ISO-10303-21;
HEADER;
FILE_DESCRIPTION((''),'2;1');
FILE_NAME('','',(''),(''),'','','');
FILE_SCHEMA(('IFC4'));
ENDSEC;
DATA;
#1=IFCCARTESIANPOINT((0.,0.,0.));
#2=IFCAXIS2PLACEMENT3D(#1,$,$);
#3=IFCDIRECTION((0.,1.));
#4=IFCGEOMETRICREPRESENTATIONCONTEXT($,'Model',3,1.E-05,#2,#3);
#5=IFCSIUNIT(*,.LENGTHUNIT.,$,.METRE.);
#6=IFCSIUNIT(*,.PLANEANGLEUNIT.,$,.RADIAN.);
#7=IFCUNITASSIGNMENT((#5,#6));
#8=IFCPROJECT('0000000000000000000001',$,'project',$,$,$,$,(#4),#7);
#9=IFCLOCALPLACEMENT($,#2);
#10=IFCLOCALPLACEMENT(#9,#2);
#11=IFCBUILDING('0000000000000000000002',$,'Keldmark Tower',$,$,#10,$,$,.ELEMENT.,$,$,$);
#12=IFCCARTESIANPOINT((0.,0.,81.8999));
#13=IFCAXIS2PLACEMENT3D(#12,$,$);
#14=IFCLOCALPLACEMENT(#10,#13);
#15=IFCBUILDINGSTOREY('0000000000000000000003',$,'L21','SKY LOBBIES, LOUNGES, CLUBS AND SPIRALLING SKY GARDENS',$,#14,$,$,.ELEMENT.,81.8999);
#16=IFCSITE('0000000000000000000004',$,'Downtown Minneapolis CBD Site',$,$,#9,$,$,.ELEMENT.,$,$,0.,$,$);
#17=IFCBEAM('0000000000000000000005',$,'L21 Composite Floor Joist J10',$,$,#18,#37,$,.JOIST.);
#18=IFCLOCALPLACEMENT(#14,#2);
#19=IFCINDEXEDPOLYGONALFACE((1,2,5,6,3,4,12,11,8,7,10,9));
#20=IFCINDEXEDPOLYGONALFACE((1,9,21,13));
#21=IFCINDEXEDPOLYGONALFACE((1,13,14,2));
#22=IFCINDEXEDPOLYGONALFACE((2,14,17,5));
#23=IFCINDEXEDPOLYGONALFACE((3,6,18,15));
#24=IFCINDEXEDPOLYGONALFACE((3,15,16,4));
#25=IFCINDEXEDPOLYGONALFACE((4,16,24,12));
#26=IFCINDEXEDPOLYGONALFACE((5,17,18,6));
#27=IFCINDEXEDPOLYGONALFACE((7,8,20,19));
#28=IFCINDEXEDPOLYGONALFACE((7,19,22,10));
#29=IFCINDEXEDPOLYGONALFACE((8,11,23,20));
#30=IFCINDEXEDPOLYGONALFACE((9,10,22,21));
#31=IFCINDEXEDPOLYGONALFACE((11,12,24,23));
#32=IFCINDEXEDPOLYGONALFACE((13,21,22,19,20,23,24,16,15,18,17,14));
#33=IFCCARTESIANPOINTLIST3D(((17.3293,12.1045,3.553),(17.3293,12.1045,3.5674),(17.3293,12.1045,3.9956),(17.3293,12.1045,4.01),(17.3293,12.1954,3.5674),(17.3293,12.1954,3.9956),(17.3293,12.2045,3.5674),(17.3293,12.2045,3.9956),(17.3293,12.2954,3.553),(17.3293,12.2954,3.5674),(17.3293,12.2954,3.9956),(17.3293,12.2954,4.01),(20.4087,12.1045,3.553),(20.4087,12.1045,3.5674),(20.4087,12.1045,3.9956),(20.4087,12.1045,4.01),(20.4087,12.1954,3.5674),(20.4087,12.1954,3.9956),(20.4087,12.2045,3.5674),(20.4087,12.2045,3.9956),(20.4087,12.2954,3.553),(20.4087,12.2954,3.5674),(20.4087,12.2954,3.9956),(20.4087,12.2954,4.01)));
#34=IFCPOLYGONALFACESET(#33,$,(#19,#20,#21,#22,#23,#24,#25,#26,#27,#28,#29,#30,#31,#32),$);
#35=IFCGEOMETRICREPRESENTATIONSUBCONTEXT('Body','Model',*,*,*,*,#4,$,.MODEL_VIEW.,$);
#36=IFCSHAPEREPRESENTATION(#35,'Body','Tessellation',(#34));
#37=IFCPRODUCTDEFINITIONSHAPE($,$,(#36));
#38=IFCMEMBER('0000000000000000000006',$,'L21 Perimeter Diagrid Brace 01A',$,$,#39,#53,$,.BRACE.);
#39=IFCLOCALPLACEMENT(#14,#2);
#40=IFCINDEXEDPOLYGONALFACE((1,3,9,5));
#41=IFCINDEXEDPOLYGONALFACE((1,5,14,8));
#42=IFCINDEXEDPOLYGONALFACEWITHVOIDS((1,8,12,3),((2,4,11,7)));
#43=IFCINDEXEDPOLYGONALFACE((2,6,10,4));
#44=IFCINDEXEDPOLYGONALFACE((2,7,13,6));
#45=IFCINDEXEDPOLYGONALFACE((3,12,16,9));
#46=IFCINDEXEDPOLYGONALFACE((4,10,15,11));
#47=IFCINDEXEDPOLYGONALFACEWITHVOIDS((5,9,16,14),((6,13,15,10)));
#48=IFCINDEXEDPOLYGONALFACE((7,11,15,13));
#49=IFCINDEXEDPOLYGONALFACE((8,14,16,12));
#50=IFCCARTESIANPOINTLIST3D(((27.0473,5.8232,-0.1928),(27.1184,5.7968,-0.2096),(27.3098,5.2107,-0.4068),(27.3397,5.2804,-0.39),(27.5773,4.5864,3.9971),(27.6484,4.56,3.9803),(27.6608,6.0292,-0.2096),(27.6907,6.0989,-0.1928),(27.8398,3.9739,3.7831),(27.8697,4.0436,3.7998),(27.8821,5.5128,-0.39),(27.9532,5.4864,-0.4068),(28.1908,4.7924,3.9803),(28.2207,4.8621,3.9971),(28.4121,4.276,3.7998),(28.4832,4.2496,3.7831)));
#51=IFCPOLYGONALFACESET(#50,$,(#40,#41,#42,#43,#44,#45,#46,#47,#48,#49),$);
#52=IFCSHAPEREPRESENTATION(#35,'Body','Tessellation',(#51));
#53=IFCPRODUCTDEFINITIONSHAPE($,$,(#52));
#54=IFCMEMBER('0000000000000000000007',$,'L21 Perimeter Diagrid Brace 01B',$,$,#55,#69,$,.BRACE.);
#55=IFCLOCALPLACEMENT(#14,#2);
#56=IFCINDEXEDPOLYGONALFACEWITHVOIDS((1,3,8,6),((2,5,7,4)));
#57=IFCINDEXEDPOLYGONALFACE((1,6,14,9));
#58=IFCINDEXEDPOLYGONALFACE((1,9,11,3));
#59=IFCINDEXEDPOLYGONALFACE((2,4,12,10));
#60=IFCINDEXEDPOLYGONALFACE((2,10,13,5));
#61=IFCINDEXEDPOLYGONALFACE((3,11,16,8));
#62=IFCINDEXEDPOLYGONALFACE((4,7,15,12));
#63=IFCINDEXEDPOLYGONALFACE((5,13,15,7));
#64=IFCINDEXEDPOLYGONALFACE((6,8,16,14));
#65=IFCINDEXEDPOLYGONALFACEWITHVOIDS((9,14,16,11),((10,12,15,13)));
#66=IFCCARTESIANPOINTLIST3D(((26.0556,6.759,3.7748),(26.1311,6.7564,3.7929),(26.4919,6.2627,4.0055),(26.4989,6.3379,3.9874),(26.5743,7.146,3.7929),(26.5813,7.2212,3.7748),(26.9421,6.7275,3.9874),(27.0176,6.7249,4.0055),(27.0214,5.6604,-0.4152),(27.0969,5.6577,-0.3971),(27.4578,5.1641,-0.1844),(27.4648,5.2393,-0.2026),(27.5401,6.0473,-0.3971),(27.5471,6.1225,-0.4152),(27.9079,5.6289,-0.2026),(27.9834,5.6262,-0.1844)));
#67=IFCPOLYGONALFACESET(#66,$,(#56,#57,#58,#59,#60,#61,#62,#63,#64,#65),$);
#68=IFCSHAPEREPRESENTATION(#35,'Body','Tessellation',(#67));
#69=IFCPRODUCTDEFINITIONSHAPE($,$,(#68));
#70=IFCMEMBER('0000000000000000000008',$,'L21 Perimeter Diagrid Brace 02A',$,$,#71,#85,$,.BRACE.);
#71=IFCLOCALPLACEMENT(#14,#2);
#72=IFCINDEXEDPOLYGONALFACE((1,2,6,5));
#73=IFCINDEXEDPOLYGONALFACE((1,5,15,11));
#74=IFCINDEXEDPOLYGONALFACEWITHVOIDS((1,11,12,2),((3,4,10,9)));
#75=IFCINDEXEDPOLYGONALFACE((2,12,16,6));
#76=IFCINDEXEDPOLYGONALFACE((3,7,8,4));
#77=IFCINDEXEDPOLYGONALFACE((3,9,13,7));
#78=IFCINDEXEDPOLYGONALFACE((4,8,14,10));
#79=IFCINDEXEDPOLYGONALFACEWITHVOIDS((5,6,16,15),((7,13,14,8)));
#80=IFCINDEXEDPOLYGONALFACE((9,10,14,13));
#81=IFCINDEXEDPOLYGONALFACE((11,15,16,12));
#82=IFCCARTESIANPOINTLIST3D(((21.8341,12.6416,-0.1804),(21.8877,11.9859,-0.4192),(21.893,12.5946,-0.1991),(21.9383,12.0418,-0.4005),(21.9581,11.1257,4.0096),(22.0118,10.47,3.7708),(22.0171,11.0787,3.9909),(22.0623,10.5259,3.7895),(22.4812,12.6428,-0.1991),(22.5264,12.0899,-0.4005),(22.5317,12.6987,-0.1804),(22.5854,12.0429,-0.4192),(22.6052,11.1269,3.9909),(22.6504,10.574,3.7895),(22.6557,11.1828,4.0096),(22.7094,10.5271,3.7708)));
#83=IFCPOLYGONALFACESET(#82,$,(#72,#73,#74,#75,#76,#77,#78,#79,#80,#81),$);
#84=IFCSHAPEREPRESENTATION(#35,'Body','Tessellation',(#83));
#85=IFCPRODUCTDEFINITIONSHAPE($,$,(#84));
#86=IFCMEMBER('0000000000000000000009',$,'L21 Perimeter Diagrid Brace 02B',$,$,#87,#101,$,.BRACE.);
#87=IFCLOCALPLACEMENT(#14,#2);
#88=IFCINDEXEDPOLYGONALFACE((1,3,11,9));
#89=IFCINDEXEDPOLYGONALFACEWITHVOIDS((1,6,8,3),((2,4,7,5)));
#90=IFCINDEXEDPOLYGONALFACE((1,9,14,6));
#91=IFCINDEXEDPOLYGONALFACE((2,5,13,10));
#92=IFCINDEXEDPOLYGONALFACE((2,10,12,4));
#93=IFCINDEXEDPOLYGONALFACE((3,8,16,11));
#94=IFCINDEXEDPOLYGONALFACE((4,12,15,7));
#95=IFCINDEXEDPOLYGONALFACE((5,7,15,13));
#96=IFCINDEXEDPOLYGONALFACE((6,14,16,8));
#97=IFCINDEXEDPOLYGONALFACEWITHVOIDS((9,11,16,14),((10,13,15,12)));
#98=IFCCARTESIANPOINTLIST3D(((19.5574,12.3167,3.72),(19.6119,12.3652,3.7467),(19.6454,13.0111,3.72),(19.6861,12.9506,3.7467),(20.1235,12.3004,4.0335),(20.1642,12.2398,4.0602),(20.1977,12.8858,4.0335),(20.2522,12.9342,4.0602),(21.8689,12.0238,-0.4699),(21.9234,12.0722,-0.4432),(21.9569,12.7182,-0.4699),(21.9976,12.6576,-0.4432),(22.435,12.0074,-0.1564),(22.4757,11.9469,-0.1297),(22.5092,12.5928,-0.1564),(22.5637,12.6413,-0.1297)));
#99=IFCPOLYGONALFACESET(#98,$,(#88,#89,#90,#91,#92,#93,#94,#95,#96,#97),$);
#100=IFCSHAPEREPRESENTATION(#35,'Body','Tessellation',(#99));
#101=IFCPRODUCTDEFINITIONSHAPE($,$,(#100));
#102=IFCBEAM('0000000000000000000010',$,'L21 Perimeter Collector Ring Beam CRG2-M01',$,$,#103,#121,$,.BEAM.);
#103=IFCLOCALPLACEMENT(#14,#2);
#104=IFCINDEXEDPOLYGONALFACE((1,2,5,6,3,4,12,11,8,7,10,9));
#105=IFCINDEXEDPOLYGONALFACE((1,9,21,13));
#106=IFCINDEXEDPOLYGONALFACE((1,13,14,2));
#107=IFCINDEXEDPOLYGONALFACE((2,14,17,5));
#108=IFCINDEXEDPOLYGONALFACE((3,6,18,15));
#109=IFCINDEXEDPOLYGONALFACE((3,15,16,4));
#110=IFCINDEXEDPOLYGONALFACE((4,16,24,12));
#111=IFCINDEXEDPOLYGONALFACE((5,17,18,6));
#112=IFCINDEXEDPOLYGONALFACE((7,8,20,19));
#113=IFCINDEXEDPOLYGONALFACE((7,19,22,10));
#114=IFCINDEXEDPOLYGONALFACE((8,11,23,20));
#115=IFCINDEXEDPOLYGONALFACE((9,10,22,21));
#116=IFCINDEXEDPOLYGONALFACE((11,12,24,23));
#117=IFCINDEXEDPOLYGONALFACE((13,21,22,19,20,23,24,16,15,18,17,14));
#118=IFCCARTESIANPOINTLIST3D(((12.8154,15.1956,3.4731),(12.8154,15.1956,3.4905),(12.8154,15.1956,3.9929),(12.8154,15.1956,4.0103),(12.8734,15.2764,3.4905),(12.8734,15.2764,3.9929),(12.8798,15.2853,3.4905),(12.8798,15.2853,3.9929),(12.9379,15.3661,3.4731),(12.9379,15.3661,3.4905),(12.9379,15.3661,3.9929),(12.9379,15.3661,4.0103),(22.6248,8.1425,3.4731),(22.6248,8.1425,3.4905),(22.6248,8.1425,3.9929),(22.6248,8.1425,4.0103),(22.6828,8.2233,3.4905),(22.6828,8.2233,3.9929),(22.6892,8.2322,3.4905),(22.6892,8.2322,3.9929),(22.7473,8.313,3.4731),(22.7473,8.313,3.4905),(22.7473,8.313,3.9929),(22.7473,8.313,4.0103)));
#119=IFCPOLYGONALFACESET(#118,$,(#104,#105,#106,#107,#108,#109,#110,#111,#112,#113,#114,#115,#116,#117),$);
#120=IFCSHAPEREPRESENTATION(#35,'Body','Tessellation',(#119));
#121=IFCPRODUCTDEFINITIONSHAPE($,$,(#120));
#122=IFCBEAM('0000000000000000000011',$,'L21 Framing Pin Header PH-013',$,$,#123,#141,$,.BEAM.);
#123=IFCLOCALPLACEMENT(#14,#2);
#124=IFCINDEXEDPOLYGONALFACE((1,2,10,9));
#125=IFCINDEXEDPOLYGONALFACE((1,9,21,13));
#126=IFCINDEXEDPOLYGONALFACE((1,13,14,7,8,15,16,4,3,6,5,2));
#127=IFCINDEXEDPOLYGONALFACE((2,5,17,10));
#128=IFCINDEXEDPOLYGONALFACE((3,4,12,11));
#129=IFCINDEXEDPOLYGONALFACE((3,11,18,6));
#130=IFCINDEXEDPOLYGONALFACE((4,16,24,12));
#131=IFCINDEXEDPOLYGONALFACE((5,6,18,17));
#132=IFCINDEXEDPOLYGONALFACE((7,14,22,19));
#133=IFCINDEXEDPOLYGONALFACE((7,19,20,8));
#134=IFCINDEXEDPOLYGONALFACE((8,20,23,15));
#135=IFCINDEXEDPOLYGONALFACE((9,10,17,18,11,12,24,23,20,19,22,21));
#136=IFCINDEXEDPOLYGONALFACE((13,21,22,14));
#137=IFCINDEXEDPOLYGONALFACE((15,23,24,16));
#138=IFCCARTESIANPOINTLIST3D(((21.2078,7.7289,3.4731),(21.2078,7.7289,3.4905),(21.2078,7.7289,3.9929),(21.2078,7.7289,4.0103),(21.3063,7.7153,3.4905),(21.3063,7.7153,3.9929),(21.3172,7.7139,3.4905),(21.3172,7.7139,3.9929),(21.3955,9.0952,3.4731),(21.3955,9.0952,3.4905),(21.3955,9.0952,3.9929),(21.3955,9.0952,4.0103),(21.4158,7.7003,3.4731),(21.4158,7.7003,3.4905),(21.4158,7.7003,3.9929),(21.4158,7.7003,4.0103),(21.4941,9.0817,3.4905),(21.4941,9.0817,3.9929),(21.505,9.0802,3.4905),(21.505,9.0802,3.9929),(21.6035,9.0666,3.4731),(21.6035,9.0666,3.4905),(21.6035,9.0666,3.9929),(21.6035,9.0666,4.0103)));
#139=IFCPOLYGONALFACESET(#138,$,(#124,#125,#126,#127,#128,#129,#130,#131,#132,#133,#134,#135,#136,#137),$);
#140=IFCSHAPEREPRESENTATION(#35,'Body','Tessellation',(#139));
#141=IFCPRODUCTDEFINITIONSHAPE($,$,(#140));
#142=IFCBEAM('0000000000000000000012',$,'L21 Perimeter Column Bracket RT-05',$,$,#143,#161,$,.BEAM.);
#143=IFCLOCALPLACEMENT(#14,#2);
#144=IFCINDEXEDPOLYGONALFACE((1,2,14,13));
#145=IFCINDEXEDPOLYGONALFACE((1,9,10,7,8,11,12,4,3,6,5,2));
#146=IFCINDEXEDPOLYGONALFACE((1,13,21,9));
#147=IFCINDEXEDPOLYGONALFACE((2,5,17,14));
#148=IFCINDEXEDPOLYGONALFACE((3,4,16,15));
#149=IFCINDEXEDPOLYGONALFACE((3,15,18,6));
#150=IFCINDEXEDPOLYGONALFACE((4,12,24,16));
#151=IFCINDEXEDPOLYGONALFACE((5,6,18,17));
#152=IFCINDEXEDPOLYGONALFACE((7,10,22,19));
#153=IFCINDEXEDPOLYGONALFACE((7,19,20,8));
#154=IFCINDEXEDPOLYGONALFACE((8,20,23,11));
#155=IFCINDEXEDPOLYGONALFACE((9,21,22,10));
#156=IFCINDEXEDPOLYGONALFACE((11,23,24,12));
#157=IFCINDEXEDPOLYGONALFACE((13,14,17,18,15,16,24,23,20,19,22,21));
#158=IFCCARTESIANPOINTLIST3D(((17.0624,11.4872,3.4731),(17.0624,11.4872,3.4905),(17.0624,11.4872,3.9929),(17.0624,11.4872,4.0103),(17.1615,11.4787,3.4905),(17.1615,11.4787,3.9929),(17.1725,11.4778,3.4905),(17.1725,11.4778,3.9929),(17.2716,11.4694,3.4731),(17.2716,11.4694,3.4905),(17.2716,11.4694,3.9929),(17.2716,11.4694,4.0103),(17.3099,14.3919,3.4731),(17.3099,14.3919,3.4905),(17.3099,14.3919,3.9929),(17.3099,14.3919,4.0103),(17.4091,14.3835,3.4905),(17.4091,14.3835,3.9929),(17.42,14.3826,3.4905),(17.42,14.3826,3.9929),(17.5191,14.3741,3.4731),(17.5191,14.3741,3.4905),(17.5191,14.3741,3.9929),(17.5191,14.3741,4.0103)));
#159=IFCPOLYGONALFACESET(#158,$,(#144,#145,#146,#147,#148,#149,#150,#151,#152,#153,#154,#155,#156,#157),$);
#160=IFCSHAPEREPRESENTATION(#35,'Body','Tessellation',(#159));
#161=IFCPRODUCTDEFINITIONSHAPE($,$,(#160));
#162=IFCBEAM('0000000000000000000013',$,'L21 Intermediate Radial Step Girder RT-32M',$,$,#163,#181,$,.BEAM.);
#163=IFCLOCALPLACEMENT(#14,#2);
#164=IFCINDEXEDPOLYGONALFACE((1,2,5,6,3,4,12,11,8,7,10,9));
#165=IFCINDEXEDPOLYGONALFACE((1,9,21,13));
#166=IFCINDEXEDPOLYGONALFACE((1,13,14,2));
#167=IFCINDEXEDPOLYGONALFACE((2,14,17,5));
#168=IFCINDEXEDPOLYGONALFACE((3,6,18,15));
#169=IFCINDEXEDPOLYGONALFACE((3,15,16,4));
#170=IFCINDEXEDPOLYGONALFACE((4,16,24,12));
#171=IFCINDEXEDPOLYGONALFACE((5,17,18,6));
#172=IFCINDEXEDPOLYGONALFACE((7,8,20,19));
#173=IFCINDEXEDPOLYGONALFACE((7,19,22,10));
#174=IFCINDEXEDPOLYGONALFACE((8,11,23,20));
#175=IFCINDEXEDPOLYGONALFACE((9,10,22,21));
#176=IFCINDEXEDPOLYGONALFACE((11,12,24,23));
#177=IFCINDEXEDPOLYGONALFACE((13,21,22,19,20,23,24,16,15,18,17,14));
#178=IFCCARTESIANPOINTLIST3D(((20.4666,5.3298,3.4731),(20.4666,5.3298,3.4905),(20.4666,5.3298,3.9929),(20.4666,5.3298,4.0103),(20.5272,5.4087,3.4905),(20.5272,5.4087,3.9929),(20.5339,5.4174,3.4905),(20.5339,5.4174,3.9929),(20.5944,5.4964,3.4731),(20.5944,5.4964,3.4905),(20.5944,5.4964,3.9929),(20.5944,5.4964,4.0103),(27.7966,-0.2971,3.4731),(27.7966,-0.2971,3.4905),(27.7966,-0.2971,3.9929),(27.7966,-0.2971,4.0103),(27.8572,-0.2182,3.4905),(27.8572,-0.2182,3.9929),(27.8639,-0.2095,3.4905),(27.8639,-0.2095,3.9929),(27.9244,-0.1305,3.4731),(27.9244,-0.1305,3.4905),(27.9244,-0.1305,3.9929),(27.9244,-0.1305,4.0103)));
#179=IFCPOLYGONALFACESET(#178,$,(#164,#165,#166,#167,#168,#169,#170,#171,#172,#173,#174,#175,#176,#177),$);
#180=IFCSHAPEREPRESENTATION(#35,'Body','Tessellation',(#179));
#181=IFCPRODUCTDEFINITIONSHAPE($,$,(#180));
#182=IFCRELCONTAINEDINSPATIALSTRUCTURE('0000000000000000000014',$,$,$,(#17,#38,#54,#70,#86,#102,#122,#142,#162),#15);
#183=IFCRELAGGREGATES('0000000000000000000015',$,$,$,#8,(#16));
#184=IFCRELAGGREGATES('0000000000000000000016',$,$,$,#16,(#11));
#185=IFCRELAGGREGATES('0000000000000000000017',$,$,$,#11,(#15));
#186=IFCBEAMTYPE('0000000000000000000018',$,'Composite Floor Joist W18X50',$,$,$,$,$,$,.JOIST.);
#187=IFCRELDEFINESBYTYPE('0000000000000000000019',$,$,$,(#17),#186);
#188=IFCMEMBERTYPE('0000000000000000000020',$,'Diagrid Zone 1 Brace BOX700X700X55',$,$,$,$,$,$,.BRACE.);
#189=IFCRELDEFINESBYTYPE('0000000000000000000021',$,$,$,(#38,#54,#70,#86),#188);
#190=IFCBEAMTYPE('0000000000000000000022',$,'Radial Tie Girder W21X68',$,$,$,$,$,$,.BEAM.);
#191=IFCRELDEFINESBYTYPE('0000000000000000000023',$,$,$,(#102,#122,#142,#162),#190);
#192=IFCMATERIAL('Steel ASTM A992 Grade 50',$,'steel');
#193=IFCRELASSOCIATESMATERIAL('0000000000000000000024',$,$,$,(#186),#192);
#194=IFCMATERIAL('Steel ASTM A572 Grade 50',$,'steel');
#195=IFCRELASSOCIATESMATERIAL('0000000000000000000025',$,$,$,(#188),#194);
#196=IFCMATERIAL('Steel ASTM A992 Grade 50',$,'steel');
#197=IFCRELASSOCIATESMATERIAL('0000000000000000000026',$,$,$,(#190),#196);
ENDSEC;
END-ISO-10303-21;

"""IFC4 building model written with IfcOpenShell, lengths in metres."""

from ifc_helpers import new_model, si_unit, direction, frame, origin, origin_2d, place, context, subcontext, project, spatial, hollow_rectangle, i_section, extrude, material, material_profile, profile_set, type_object, element, save


model = new_model("IFC4")

# Units and contexts
model_context = context("Model", 3, precision=1e-05, world=origin(), true_north=direction((0.0, 1.0)))
body_context = subcontext(model_context, "Body", "Model", "MODEL_VIEW")
ifc_project = project(units=[si_unit("LENGTHUNIT", "METRE"), si_unit("PLANEANGLEUNIT", "RADIAN")], contexts=[model_context])

# Site, building, storey
site_placement = place(None, origin())
site = spatial("IfcSite", under=ifc_project, at=site_placement, Name="Downtown Minneapolis CBD Site", CompositionType="ELEMENT", RefElevation=0.0)
building_placement = place(site_placement, origin())
building = spatial("IfcBuilding", under=site, at=building_placement, Name="Keldmark Tower", CompositionType="ELEMENT")
storey_placement = place(building_placement, frame((0.0, 0.0, 81.8999)))
storey = spatial("IfcBuildingStorey", under=building, at=storey_placement, Name="L21", Description="SKY LOBBIES, LOUNGES, CLUBS AND SPIRALLING SKY GARDENS", CompositionType="ELEMENT", Elevation=81.8999)

# Beam
ifc_material_1 = material(Name="Steel ASTM A992 Grade 50", Category="steel")
ifc_material_profile_1 = material_profile(ifc_material_1, i_section(OverallWidth=0.1909, OverallDepth=0.457, WebThickness=0.009, FlangeThickness=0.0144, at=origin_2d()), Name="W18X50")
ifc_profile_set_1 = profile_set([ifc_material_profile_1], Name="Steel ASTM A992 Grade 50")
beam_type_1 = type_object("IfcBeamType", Name="Composite Floor Joist W18X50", PredefinedType="JOIST", material=ifc_profile_set_1)
beam_1_placement = place(storey_placement, frame((17.3293, 12.2, 3.7815), z_axis=(1.0, 0.0, 0.0), x_axis=(0.0, 1.0, 0.0)))
element("IfcBeam", 1, at=beam_1_placement, inside=storey, type_object=beam_type_1, Name="L21 Composite Floor Joist J10", PredefinedType="JOIST", context=body_context, shape_type="SweptSolid", body=[
    extrude(i_section(OverallWidth=0.1909, OverallDepth=0.457, WebThickness=0.009, FlangeThickness=0.0144, at=origin_2d()), origin(), (0.0, 0.0, 1.0), 3.0793),
])

# Members
ifc_material_2 = material(Name="Steel ASTM A572 Grade 50", Category="steel")
ifc_material_profile_2 = material_profile(ifc_material_2, hollow_rectangle(XDim=0.7, YDim=0.7, WallThickness=0.0549, at=origin_2d()), Name="BOX700X700X55")
ifc_profile_set_2 = profile_set([ifc_material_profile_2], Name="Steel ASTM A572 Grade 50")
member_type = type_object("IfcMemberType", Name="Diagrid Zone 1 Brace BOX700X700X55", PredefinedType="BRACE", material=ifc_profile_set_2)
member_1_placement = place(storey_placement, frame((27.5002, 5.6548, -0.2998), z_axis=(0.120442, -0.281049, 0.952106), x_axis=(0.919154, 0.393897, 0.0)))
element("IfcMember", 2, at=member_1_placement, inside=storey, type_object=member_type, Name="L21 Perimeter Diagrid Brace 01A", PredefinedType="BRACE", context=body_context, shape_type="SweptSolid", body=[
    extrude(hollow_rectangle(XDim=0.7, YDim=0.7, WallThickness=0.0549, at=origin_2d()), origin(), (0.0, 0.0, 1.0), 4.4006),
])
member_2_placement = place(storey_placement, frame((27.5024, 5.6433, -0.2998), z_axis=(-0.217628, 0.247554, 0.944116), x_axis=(-0.751045, -0.660252, 0.0)))
element("IfcMember", 3, at=member_2_placement, inside=storey, type_object=member_type, Name="L21 Perimeter Diagrid Brace 01B", PredefinedType="BRACE", context=body_context, shape_type="SweptSolid", body=[
    extrude(hollow_rectangle(XDim=0.7, YDim=0.7, WallThickness=0.0549, at=origin_2d()), origin(), (0.0, 0.0, 1.0), 4.438),
])
member_3_placement = place(storey_placement, frame((22.2097, 12.3423, -0.2998), z_axis=(0.027824, -0.340076, 0.939986), x_axis=(0.99667, 0.081544, 0.0)))
element("IfcMember", 4, at=member_3_placement, inside=storey, type_object=member_type, Name="L21 Perimeter Diagrid Brace 02A", PredefinedType="BRACE", context=body_context, shape_type="SweptSolid", body=[
    extrude(hollow_rectangle(XDim=0.7, YDim=0.7, WallThickness=0.0549, at=origin_2d()), origin(), (0.0, 0.0, 1.0), 4.4575),
])
member_4_placement = place(storey_placement, frame((22.2163, 12.3325, -0.2998), z_axis=(-0.482148, 0.061109, 0.873956), x_axis=(-0.125737, -0.992064, 0.0)))
element("IfcMember", 5, at=member_4_placement, inside=storey, type_object=member_type, Name="L21 Perimeter Diagrid Brace 02B", PredefinedType="BRACE", context=body_context, shape_type="SweptSolid", body=[
    extrude(hollow_rectangle(XDim=0.7, YDim=0.7, WallThickness=0.0549, at=origin_2d()), origin(), (0.0, 0.0, 1.0), 4.7942),
])

# Beams
ifc_material_3 = material(Name="Steel ASTM A992 Grade 50", Category="steel")
ifc_material_profile_3 = material_profile(ifc_material_3, i_section(OverallWidth=0.21, OverallDepth=0.5371, WebThickness=0.011, FlangeThickness=0.0173, at=origin_2d()), Name="W21X68")
ifc_profile_set_3 = profile_set([ifc_material_profile_3], Name="Steel ASTM A992 Grade 50")
beam_type_2 = type_object("IfcBeamType", Name="Radial Tie Girder W21X68", PredefinedType="BEAM", material=ifc_profile_set_3)
beam_2_placement = place(storey_placement, frame((22.686, 8.2278, 3.7417), z_axis=(-0.811916, 0.583774, 0.0), x_axis=(-0.583774, -0.811916, 0.0)))
element("IfcBeam", 6, at=beam_2_placement, inside=storey, type_object=beam_type_2, Name="L21 Perimeter Collector Ring Beam CRG2-M01", PredefinedType="BEAM", context=body_context, shape_type="SweptSolid", body=[
    extrude(i_section(OverallWidth=0.21, OverallDepth=0.5371, WebThickness=0.011, FlangeThickness=0.0173, at=origin_2d()), origin(), (0.0, 0.0, 1.0), 12.0818),
])
beam_3_placement = place(storey_placement, frame((21.3118, 7.7146, 3.7417), z_axis=(0.13614, 0.99069, 0.0), x_axis=(-0.99069, 0.13614, 0.0)))
element("IfcBeam", 7, at=beam_3_placement, inside=storey, type_object=beam_type_2, Name="L21 Framing Pin Header PH-013", PredefinedType="BEAM", context=body_context, shape_type="SweptSolid", body=[
    extrude(i_section(OverallWidth=0.21, OverallDepth=0.5371, WebThickness=0.011, FlangeThickness=0.0173, at=origin_2d()), origin(), (0.0, 0.0, 1.0), 1.3792),
])
beam_4_placement = place(storey_placement, frame((17.167, 11.4783, 3.7417), z_axis=(0.084917, 0.996388, 0.0), x_axis=(-0.996388, 0.084917, 0.0)))
element("IfcBeam", 8, at=beam_4_placement, inside=storey, type_object=beam_type_2, Name="L21 Perimeter Column Bracket RT-05", PredefinedType="BEAM", context=body_context, shape_type="SweptSolid", body=[
    extrude(i_section(OverallWidth=0.21, OverallDepth=0.5371, WebThickness=0.011, FlangeThickness=0.0173, at=origin_2d()), origin(), (0.0, 0.0, 1.0), 2.9153),
])
beam_5_placement = place(storey_placement, frame((20.5305, 5.4131, 3.7417), z_axis=(0.793229, -0.608924, 0.0), x_axis=(0.608924, 0.793229, 0.0)))
element("IfcBeam", 9, at=beam_5_placement, inside=storey, type_object=beam_type_2, Name="L21 Intermediate Radial Step Girder RT-32M", PredefinedType="BEAM", context=body_context, shape_type="SweptSolid", body=[
    extrude(i_section(OverallWidth=0.21, OverallDepth=0.5371, WebThickness=0.011, FlangeThickness=0.0173, at=origin_2d()), origin(), (0.0, 0.0, 1.0), 9.2407),
])

save(model, "model.ifc")
